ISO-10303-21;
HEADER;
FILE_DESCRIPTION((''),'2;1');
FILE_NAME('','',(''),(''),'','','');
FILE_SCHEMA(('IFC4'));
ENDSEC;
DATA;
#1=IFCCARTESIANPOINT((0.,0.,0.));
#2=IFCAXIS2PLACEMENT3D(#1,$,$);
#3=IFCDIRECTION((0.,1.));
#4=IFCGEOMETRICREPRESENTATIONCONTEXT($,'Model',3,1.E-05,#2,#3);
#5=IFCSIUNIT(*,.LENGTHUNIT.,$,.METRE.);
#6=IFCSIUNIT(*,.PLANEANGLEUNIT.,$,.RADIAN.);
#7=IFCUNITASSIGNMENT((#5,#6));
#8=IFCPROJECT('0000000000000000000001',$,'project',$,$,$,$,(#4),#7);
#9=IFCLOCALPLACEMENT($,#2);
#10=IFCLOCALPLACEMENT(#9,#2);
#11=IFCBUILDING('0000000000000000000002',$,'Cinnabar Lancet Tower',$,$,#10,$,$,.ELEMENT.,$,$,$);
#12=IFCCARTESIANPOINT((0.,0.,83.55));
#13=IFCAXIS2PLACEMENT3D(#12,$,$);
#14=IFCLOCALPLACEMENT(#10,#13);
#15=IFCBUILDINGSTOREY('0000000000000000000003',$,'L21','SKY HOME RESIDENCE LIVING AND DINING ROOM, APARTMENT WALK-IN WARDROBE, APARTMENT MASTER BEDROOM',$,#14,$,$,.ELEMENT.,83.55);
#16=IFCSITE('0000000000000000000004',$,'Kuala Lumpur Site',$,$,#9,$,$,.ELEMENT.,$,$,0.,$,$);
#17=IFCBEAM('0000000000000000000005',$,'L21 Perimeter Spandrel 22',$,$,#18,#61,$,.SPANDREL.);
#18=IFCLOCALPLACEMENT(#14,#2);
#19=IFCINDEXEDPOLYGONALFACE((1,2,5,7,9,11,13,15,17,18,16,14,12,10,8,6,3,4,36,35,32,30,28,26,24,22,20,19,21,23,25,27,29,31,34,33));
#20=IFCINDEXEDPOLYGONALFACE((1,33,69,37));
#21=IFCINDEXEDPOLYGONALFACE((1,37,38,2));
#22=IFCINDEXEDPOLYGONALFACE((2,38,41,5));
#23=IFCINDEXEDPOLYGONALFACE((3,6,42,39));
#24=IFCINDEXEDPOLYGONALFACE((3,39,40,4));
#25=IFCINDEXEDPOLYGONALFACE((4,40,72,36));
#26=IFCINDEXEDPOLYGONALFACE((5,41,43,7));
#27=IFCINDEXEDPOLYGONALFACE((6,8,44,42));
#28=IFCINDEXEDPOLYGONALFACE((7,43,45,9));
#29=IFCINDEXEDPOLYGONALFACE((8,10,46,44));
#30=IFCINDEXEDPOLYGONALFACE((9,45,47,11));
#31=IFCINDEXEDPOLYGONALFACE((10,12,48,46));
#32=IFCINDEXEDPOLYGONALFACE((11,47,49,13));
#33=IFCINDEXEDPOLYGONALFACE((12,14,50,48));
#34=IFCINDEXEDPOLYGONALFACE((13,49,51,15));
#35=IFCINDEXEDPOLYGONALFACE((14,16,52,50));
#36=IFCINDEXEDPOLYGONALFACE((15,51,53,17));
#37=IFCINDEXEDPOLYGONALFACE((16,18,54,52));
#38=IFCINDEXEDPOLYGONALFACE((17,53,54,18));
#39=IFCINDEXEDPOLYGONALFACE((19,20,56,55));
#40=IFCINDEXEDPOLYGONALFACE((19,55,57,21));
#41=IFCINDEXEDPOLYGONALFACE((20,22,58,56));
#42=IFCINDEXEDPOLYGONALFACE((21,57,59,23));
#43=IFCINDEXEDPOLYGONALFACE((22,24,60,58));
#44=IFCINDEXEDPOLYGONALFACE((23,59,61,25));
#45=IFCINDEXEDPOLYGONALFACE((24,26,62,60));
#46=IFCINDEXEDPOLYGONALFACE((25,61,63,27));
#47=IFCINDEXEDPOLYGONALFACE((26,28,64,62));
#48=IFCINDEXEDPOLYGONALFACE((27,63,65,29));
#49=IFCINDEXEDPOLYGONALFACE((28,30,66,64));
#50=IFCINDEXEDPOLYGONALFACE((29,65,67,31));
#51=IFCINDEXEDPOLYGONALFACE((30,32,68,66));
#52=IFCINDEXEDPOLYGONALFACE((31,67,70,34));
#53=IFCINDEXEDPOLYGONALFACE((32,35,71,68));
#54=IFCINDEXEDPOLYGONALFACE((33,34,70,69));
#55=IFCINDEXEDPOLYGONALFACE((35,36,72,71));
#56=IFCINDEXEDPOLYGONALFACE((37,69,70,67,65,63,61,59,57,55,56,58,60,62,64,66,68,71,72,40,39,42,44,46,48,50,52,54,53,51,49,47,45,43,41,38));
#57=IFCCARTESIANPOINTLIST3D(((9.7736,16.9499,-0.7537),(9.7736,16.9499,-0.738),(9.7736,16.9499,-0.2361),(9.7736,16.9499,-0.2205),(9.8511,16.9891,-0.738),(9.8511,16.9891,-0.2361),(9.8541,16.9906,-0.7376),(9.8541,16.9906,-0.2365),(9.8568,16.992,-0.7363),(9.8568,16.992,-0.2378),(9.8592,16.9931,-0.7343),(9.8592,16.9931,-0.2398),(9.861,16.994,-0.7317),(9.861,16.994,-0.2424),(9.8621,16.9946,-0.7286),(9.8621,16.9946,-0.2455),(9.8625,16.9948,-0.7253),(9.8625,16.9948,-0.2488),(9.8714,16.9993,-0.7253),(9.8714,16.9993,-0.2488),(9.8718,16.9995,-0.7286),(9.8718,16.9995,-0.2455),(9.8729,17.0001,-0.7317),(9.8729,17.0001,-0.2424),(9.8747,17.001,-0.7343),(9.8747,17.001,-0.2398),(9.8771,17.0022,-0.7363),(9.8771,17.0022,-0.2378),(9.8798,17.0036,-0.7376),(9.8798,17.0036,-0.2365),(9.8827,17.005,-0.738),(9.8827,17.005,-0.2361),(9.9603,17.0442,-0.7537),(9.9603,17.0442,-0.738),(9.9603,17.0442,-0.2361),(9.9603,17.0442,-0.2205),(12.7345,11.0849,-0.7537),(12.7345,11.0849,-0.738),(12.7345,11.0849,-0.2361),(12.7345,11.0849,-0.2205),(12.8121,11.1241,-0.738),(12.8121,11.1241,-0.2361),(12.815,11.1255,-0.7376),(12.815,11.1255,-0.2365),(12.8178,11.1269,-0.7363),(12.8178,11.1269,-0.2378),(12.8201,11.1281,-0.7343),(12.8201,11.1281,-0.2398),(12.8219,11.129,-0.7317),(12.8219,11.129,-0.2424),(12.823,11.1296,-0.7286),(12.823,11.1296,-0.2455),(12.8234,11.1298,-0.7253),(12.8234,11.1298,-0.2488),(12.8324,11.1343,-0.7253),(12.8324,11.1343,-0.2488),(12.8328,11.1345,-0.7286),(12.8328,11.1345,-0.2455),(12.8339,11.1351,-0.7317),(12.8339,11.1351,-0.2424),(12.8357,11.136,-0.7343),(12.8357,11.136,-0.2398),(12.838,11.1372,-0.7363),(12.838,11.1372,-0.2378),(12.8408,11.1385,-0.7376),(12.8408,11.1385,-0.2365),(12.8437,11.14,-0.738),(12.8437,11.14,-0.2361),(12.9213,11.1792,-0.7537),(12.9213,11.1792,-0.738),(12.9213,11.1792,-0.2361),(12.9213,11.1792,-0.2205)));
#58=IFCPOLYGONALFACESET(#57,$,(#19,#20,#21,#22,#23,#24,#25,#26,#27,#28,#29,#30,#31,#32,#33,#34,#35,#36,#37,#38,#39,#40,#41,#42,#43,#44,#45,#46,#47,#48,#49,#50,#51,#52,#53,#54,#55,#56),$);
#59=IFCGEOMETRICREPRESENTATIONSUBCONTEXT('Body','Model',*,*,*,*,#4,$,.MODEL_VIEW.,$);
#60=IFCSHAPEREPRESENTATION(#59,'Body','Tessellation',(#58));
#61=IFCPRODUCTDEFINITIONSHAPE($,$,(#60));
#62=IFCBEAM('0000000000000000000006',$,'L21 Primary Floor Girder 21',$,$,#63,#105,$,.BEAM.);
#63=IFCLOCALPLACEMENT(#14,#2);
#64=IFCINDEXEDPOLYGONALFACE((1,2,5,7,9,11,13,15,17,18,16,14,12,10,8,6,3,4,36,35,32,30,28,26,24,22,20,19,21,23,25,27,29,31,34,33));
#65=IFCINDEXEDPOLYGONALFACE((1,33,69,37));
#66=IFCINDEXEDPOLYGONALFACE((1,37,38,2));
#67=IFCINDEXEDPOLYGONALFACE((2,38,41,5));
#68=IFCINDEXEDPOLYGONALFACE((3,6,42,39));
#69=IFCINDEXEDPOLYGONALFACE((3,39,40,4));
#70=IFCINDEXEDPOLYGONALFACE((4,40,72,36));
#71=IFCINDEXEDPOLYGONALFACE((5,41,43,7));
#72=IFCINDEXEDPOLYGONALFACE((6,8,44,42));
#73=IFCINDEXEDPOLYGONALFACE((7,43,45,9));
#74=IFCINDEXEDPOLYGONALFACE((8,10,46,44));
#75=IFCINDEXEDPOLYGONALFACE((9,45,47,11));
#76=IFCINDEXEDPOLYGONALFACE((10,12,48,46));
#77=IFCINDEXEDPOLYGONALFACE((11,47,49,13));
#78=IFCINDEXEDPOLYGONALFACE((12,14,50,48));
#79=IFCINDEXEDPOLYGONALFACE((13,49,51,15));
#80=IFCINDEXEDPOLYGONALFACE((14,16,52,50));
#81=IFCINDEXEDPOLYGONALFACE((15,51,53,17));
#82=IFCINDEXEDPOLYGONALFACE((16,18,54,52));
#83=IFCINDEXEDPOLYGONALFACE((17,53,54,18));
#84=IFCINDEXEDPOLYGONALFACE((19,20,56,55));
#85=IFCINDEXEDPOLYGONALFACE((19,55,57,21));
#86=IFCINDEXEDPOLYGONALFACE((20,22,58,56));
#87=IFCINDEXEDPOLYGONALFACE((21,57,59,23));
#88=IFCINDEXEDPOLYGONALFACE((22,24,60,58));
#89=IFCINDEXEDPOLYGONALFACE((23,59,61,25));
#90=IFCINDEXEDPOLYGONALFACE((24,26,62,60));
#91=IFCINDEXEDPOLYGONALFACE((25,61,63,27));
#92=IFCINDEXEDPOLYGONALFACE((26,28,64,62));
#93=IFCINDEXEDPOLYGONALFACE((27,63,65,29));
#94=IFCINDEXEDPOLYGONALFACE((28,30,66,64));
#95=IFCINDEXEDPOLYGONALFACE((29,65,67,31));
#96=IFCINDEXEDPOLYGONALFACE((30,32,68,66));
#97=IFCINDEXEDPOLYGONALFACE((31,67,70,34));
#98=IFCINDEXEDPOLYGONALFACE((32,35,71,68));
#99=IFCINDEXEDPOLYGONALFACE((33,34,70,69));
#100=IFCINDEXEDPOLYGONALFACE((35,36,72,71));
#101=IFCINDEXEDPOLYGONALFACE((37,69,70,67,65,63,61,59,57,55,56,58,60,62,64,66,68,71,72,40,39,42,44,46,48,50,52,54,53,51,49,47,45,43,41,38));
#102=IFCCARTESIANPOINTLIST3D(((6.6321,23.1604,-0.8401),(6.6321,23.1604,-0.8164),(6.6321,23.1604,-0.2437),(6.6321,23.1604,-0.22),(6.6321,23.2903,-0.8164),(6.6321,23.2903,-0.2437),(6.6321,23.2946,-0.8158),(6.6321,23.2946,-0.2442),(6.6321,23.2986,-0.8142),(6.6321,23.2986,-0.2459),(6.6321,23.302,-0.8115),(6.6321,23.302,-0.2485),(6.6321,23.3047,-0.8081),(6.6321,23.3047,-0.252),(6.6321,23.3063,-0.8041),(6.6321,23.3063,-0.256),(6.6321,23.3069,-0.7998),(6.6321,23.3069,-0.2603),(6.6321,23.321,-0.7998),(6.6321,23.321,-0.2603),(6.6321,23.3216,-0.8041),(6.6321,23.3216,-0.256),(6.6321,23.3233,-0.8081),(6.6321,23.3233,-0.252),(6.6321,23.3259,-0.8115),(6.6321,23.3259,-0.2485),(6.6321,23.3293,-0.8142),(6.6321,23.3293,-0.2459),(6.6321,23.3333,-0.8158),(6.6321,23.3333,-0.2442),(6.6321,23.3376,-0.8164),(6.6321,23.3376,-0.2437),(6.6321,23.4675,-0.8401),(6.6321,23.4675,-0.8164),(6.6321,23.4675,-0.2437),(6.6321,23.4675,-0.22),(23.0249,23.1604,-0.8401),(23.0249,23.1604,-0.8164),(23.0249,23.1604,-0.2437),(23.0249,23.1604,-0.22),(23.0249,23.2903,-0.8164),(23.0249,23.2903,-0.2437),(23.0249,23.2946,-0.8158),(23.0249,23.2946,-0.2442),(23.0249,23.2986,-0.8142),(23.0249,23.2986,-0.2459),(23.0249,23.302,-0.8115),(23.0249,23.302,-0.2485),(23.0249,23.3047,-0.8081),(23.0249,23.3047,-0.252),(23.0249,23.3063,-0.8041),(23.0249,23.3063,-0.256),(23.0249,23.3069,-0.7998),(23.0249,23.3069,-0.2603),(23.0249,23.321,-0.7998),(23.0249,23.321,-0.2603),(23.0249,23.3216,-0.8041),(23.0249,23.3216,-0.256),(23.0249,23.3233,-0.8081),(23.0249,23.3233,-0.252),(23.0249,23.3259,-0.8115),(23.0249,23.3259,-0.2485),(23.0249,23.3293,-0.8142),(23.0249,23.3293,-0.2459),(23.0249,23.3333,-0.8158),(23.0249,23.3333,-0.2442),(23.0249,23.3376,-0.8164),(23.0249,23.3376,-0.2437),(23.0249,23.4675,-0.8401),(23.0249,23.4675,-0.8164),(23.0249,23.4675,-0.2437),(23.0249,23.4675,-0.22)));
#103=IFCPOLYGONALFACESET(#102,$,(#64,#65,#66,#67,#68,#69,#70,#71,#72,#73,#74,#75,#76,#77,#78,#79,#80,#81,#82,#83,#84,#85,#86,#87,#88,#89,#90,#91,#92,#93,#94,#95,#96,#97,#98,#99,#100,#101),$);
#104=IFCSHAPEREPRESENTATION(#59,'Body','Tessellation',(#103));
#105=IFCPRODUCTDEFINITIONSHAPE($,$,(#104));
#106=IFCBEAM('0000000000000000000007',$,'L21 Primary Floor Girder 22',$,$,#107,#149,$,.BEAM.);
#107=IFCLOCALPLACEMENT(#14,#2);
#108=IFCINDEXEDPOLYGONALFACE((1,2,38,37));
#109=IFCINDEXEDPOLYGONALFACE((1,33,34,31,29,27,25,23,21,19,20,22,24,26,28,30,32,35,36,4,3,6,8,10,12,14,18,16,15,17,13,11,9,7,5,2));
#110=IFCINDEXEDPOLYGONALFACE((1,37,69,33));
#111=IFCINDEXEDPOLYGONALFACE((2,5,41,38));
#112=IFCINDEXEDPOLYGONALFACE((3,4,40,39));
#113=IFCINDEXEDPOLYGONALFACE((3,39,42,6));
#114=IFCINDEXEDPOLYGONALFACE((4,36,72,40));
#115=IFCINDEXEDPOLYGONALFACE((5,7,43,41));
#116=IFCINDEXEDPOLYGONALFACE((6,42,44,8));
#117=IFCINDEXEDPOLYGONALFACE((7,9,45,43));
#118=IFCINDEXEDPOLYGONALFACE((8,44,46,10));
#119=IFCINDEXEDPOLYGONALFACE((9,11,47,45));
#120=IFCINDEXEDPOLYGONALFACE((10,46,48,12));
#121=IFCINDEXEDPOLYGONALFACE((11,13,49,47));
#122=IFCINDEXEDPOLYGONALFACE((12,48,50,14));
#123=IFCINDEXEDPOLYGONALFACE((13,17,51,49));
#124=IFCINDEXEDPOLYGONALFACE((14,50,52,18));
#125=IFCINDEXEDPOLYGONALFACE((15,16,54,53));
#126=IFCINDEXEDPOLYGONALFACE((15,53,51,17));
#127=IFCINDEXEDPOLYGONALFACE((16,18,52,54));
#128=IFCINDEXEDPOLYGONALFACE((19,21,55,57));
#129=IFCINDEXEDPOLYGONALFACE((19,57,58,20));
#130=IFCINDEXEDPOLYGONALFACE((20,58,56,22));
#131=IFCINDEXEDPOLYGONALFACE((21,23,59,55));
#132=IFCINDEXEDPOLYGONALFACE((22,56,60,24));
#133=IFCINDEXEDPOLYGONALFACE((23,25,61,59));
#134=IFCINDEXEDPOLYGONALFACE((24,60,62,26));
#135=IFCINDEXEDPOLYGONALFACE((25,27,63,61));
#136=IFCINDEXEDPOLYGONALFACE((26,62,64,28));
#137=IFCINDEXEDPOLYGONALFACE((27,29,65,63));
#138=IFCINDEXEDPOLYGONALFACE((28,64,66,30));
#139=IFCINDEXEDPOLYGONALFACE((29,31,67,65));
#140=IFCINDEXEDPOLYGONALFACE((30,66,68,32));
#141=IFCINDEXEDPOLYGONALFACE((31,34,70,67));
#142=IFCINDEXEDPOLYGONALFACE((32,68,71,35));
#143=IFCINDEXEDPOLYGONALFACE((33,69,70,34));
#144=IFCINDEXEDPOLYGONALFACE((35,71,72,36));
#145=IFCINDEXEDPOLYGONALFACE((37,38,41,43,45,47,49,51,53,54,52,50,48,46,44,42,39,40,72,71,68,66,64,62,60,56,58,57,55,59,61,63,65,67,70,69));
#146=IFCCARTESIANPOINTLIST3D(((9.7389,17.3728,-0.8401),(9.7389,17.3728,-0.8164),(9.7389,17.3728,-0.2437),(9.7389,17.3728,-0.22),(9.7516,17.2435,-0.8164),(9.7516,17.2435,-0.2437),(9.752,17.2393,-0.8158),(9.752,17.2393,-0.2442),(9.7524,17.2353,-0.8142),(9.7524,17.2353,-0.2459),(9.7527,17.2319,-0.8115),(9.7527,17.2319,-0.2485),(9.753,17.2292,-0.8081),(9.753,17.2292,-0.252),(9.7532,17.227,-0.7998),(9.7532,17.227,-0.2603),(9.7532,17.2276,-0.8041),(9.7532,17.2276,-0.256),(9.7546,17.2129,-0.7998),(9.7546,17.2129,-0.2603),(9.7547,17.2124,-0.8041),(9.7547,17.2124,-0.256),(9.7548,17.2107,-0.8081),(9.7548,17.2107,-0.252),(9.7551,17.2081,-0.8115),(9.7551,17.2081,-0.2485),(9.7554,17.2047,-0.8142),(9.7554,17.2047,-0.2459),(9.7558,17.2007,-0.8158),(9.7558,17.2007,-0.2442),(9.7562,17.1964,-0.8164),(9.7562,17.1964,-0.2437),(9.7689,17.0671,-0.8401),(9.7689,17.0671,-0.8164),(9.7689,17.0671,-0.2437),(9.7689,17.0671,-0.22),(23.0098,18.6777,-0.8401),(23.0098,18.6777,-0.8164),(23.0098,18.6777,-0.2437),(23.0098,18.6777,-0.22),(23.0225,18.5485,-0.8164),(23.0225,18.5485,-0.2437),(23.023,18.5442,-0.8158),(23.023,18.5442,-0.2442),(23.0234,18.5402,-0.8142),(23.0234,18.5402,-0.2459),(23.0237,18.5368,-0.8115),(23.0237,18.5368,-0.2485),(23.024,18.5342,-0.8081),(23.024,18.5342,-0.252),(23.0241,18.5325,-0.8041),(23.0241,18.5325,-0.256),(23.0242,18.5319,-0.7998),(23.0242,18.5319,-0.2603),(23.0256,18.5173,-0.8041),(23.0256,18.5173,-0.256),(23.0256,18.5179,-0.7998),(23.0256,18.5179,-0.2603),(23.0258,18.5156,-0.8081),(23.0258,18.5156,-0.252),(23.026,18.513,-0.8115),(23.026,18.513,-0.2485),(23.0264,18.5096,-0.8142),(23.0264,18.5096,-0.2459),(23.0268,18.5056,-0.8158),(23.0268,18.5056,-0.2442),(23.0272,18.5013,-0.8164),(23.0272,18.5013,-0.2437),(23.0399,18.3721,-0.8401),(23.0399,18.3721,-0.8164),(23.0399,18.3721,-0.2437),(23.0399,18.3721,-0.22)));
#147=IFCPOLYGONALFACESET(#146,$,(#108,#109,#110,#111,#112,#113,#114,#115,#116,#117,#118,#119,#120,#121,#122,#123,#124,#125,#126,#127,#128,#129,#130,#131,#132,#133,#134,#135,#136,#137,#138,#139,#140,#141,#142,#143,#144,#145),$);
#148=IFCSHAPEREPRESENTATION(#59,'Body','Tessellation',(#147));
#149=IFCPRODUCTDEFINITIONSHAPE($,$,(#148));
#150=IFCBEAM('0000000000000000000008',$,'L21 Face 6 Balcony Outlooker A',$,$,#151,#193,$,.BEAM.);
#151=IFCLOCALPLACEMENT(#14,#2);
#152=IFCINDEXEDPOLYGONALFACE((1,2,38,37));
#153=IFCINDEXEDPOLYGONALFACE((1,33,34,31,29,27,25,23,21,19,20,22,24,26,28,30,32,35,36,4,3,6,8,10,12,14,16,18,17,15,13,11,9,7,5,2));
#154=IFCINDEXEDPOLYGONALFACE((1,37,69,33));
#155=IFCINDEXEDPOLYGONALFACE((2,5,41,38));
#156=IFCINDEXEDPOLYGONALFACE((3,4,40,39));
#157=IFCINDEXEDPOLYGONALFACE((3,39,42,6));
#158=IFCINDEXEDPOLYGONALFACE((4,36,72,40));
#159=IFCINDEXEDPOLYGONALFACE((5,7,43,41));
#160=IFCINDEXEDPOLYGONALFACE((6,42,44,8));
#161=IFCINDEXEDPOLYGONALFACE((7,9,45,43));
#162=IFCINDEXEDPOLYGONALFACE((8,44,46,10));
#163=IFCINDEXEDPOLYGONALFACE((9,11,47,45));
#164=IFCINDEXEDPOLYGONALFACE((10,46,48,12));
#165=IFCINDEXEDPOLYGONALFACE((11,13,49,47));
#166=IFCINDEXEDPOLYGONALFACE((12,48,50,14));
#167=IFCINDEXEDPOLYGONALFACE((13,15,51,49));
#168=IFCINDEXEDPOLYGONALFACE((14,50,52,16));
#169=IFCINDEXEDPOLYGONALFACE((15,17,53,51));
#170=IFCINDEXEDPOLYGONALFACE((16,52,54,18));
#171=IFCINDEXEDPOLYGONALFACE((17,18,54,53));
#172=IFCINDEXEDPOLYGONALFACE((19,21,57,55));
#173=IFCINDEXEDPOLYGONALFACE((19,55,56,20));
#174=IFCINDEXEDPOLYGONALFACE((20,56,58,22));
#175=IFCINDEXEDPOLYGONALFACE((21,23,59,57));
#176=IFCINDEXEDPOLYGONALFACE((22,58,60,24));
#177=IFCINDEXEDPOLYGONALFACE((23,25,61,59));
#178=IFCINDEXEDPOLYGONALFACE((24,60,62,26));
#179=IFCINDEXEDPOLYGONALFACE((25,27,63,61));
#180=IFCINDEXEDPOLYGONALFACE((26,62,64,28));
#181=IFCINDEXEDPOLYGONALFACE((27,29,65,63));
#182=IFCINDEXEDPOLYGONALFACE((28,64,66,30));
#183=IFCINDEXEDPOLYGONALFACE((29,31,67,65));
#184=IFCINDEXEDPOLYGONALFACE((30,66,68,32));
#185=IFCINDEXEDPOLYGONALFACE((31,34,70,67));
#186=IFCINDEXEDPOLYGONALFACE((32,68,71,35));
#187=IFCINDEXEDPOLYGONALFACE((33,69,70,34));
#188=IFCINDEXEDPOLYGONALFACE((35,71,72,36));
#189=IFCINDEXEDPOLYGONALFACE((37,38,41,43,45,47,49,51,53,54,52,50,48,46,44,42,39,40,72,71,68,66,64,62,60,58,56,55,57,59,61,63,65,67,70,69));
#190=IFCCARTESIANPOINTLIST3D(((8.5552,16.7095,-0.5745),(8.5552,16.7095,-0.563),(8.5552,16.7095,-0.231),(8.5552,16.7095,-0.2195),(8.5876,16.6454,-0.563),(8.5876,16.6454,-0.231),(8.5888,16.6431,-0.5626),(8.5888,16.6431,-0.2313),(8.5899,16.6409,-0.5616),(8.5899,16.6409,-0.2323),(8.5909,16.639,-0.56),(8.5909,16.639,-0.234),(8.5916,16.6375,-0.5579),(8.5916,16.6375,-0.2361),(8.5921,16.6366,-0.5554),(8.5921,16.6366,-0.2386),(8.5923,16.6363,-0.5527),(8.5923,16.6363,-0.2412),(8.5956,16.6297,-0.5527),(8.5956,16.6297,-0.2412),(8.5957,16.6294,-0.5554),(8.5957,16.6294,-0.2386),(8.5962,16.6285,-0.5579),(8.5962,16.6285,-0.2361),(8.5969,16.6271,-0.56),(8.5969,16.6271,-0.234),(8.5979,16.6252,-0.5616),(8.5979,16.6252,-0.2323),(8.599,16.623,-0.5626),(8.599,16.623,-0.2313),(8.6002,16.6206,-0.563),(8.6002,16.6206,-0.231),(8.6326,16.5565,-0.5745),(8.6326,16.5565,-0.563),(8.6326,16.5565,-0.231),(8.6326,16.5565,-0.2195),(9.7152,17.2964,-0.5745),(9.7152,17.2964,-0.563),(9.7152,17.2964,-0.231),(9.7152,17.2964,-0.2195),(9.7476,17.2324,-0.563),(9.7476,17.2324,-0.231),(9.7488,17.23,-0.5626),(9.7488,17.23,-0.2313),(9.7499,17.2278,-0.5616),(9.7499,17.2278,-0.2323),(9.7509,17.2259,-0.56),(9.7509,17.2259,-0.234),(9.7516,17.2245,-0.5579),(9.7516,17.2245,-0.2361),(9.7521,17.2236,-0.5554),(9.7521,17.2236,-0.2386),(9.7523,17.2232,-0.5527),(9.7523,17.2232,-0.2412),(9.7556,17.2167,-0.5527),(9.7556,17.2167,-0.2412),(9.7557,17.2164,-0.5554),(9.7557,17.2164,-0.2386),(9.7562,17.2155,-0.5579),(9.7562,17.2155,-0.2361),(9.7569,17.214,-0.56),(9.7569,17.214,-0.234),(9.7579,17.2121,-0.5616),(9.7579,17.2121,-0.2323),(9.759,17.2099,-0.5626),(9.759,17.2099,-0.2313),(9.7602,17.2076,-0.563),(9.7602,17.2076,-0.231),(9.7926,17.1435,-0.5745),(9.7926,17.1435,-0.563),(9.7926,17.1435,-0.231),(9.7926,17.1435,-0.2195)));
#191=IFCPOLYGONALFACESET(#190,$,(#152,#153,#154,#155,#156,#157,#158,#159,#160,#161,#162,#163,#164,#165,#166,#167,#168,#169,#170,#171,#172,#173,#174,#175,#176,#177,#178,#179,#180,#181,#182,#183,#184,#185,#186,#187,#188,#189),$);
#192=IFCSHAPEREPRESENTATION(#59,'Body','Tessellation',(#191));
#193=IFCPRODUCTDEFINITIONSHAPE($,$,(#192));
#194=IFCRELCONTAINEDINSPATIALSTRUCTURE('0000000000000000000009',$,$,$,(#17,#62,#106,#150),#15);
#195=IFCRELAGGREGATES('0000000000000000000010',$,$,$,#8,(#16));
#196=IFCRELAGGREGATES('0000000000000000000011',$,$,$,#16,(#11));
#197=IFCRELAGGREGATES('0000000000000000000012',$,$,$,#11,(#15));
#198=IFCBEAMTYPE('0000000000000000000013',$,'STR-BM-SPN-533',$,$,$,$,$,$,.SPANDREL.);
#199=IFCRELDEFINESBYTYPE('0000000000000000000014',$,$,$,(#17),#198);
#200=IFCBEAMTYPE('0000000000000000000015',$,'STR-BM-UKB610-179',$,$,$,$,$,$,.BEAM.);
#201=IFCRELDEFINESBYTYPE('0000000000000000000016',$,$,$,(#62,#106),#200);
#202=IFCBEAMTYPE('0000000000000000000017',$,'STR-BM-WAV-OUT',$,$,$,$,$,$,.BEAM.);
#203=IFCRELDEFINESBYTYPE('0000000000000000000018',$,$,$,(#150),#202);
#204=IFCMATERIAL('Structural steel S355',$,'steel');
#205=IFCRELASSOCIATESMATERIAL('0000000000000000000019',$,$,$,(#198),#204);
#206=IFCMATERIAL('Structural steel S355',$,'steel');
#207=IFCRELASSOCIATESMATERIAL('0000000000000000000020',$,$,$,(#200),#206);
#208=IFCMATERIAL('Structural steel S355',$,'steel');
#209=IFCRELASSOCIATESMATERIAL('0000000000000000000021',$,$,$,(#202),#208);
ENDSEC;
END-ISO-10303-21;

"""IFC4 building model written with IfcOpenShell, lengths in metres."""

from ifc_helpers import new_model, si_unit, direction, frame, origin, origin_2d, place, context, subcontext, project, spatial, i_section, extrude, material, material_profile, profile_set, type_object, element, save


model = new_model("IFC4")

# Units and contexts
model_context = context("Model", 3, precision=1e-05, world=origin(), true_north=direction((0.0, 1.0)))
body_context = subcontext(model_context, "Body", "Model", "MODEL_VIEW")
ifc_project = project(units=[si_unit("LENGTHUNIT", "METRE"), si_unit("PLANEANGLEUNIT", "RADIAN")], contexts=[model_context])

# Site, building, storey
site_placement = place(None, origin())
site = spatial("IfcSite", under=ifc_project, at=site_placement, Name="Kuala Lumpur Site", CompositionType="ELEMENT", RefElevation=0.0)
building_placement = place(site_placement, origin())
building = spatial("IfcBuilding", under=site, at=building_placement, Name="Cinnabar Lancet Tower", CompositionType="ELEMENT")
storey_placement = place(building_placement, frame((0.0, 0.0, 83.55)))
storey = spatial("IfcBuildingStorey", under=building, at=storey_placement, Name="L21", Description="SKY HOME RESIDENCE LIVING AND DINING ROOM, APARTMENT WALK-IN WARDROBE, APARTMENT MASTER BEDROOM", CompositionType="ELEMENT", Elevation=83.55)

# Beams
ifc_material_1 = material(Name="Structural steel S355", Category="steel")
ifc_material_profile_1 = material_profile(ifc_material_1, i_section(OverallWidth=0.2092, OverallDepth=0.5332, WebThickness=0.01, FlangeThickness=0.0156, FilletRadius=0.0127, at=origin_2d()), Name="UKB 533x210x92")
ifc_profile_set_1 = profile_set([ifc_material_profile_1], Name="Structural steel S355")
beam_type_1 = type_object("IfcBeamType", Name="STR-BM-SPN-533", PredefinedType="SPANDREL", material=ifc_profile_set_1)
beam_1_placement = place(storey_placement, frame((9.8669, 16.9971, -0.4871), z_axis=(0.450674, -0.892689, 0.0), x_axis=(0.892689, 0.450674, 0.0)))
element("IfcBeam", 1, at=beam_1_placement, inside=storey, type_object=beam_type_1, Name="L21 Perimeter Spandrel 22", PredefinedType="SPANDREL", context=body_context, shape_type="SweptSolid", body=[
    extrude(i_section(OverallWidth=0.2092, OverallDepth=0.5332, WebThickness=0.01, FlangeThickness=0.0156, FilletRadius=0.0127, at=origin_2d()), origin(), (0.0, 0.0, 1.0), 6.5701),
])
ifc_material_2 = material(Name="Structural steel S355", Category="steel")
ifc_material_profile_2 = material_profile(ifc_material_2, i_section(OverallWidth=0.3071, OverallDepth=0.6201, WebThickness=0.0142, FlangeThickness=0.0237, FilletRadius=0.0166, at=origin_2d()), Name="UKB 610x305x179")
ifc_profile_set_2 = profile_set([ifc_material_profile_2], Name="Structural steel S355")
beam_type_2 = type_object("IfcBeamType", Name="STR-BM-UKB610-179", PredefinedType="BEAM", material=ifc_profile_set_2)
beam_2_placement = place(storey_placement, frame((6.6321, 23.314, -0.53), z_axis=(1.0, 0.0, 0.0), x_axis=(0.0, 1.0, 0.0)))
element("IfcBeam", 2, at=beam_2_placement, inside=storey, type_object=beam_type_2, Name="L21 Primary Floor Girder 21", PredefinedType="BEAM", context=body_context, shape_type="SweptSolid", body=[
    extrude(i_section(OverallWidth=0.3071, OverallDepth=0.6201, WebThickness=0.0142, FlangeThickness=0.0237, FilletRadius=0.0166, at=origin_2d()), origin(), (0.0, 0.0, 1.0), 16.3928),
])
beam_3_placement = place(storey_placement, frame((9.7539, 17.22, -0.53), z_axis=(0.9952, 0.097858, 0.0), x_axis=(-0.097858, 0.9952, 0.0)))
element("IfcBeam", 3, at=beam_3_placement, inside=storey, type_object=beam_type_2, Name="L21 Primary Floor Girder 22", PredefinedType="BEAM", context=body_context, shape_type="SweptSolid", body=[
    extrude(i_section(OverallWidth=0.3071, OverallDepth=0.6201, WebThickness=0.0142, FlangeThickness=0.0237, FilletRadius=0.0166, at=origin_2d()), origin(), (0.0, 0.0, 1.0), 13.335),
])
ifc_material_3 = material(Name="Structural steel S355", Category="steel")
ifc_material_profile_3 = material_profile(ifc_material_3, i_section(OverallWidth=0.1714, OverallDepth=0.355, WebThickness=0.0073, FlangeThickness=0.0115, FilletRadius=0.0103, at=origin_2d()), Name="UKB 356x171x51")
ifc_profile_set_3 = profile_set([ifc_material_profile_3], Name="Structural steel S355")
beam_type_3 = type_object("IfcBeamType", Name="STR-BM-WAV-OUT", PredefinedType="BEAM", material=ifc_profile_set_3)
beam_4_placement = place(storey_placement, frame((9.7539, 17.22, -0.397), z_axis=(-0.892276, -0.45149, 0.0), x_axis=(0.45149, -0.892276, 0.0)))
element("IfcBeam", 4, at=beam_4_placement, inside=storey, type_object=beam_type_3, Name="L21 Face 6 Balcony Outlooker A", PredefinedType="BEAM", context=body_context, shape_type="SweptSolid", body=[
    extrude(i_section(OverallWidth=0.1714, OverallDepth=0.355, WebThickness=0.0073, FlangeThickness=0.0115, FilletRadius=0.0103, at=origin_2d()), origin(), (0.0, 0.0, 1.0), 1.3),
])

save(model, "model.ifc")
